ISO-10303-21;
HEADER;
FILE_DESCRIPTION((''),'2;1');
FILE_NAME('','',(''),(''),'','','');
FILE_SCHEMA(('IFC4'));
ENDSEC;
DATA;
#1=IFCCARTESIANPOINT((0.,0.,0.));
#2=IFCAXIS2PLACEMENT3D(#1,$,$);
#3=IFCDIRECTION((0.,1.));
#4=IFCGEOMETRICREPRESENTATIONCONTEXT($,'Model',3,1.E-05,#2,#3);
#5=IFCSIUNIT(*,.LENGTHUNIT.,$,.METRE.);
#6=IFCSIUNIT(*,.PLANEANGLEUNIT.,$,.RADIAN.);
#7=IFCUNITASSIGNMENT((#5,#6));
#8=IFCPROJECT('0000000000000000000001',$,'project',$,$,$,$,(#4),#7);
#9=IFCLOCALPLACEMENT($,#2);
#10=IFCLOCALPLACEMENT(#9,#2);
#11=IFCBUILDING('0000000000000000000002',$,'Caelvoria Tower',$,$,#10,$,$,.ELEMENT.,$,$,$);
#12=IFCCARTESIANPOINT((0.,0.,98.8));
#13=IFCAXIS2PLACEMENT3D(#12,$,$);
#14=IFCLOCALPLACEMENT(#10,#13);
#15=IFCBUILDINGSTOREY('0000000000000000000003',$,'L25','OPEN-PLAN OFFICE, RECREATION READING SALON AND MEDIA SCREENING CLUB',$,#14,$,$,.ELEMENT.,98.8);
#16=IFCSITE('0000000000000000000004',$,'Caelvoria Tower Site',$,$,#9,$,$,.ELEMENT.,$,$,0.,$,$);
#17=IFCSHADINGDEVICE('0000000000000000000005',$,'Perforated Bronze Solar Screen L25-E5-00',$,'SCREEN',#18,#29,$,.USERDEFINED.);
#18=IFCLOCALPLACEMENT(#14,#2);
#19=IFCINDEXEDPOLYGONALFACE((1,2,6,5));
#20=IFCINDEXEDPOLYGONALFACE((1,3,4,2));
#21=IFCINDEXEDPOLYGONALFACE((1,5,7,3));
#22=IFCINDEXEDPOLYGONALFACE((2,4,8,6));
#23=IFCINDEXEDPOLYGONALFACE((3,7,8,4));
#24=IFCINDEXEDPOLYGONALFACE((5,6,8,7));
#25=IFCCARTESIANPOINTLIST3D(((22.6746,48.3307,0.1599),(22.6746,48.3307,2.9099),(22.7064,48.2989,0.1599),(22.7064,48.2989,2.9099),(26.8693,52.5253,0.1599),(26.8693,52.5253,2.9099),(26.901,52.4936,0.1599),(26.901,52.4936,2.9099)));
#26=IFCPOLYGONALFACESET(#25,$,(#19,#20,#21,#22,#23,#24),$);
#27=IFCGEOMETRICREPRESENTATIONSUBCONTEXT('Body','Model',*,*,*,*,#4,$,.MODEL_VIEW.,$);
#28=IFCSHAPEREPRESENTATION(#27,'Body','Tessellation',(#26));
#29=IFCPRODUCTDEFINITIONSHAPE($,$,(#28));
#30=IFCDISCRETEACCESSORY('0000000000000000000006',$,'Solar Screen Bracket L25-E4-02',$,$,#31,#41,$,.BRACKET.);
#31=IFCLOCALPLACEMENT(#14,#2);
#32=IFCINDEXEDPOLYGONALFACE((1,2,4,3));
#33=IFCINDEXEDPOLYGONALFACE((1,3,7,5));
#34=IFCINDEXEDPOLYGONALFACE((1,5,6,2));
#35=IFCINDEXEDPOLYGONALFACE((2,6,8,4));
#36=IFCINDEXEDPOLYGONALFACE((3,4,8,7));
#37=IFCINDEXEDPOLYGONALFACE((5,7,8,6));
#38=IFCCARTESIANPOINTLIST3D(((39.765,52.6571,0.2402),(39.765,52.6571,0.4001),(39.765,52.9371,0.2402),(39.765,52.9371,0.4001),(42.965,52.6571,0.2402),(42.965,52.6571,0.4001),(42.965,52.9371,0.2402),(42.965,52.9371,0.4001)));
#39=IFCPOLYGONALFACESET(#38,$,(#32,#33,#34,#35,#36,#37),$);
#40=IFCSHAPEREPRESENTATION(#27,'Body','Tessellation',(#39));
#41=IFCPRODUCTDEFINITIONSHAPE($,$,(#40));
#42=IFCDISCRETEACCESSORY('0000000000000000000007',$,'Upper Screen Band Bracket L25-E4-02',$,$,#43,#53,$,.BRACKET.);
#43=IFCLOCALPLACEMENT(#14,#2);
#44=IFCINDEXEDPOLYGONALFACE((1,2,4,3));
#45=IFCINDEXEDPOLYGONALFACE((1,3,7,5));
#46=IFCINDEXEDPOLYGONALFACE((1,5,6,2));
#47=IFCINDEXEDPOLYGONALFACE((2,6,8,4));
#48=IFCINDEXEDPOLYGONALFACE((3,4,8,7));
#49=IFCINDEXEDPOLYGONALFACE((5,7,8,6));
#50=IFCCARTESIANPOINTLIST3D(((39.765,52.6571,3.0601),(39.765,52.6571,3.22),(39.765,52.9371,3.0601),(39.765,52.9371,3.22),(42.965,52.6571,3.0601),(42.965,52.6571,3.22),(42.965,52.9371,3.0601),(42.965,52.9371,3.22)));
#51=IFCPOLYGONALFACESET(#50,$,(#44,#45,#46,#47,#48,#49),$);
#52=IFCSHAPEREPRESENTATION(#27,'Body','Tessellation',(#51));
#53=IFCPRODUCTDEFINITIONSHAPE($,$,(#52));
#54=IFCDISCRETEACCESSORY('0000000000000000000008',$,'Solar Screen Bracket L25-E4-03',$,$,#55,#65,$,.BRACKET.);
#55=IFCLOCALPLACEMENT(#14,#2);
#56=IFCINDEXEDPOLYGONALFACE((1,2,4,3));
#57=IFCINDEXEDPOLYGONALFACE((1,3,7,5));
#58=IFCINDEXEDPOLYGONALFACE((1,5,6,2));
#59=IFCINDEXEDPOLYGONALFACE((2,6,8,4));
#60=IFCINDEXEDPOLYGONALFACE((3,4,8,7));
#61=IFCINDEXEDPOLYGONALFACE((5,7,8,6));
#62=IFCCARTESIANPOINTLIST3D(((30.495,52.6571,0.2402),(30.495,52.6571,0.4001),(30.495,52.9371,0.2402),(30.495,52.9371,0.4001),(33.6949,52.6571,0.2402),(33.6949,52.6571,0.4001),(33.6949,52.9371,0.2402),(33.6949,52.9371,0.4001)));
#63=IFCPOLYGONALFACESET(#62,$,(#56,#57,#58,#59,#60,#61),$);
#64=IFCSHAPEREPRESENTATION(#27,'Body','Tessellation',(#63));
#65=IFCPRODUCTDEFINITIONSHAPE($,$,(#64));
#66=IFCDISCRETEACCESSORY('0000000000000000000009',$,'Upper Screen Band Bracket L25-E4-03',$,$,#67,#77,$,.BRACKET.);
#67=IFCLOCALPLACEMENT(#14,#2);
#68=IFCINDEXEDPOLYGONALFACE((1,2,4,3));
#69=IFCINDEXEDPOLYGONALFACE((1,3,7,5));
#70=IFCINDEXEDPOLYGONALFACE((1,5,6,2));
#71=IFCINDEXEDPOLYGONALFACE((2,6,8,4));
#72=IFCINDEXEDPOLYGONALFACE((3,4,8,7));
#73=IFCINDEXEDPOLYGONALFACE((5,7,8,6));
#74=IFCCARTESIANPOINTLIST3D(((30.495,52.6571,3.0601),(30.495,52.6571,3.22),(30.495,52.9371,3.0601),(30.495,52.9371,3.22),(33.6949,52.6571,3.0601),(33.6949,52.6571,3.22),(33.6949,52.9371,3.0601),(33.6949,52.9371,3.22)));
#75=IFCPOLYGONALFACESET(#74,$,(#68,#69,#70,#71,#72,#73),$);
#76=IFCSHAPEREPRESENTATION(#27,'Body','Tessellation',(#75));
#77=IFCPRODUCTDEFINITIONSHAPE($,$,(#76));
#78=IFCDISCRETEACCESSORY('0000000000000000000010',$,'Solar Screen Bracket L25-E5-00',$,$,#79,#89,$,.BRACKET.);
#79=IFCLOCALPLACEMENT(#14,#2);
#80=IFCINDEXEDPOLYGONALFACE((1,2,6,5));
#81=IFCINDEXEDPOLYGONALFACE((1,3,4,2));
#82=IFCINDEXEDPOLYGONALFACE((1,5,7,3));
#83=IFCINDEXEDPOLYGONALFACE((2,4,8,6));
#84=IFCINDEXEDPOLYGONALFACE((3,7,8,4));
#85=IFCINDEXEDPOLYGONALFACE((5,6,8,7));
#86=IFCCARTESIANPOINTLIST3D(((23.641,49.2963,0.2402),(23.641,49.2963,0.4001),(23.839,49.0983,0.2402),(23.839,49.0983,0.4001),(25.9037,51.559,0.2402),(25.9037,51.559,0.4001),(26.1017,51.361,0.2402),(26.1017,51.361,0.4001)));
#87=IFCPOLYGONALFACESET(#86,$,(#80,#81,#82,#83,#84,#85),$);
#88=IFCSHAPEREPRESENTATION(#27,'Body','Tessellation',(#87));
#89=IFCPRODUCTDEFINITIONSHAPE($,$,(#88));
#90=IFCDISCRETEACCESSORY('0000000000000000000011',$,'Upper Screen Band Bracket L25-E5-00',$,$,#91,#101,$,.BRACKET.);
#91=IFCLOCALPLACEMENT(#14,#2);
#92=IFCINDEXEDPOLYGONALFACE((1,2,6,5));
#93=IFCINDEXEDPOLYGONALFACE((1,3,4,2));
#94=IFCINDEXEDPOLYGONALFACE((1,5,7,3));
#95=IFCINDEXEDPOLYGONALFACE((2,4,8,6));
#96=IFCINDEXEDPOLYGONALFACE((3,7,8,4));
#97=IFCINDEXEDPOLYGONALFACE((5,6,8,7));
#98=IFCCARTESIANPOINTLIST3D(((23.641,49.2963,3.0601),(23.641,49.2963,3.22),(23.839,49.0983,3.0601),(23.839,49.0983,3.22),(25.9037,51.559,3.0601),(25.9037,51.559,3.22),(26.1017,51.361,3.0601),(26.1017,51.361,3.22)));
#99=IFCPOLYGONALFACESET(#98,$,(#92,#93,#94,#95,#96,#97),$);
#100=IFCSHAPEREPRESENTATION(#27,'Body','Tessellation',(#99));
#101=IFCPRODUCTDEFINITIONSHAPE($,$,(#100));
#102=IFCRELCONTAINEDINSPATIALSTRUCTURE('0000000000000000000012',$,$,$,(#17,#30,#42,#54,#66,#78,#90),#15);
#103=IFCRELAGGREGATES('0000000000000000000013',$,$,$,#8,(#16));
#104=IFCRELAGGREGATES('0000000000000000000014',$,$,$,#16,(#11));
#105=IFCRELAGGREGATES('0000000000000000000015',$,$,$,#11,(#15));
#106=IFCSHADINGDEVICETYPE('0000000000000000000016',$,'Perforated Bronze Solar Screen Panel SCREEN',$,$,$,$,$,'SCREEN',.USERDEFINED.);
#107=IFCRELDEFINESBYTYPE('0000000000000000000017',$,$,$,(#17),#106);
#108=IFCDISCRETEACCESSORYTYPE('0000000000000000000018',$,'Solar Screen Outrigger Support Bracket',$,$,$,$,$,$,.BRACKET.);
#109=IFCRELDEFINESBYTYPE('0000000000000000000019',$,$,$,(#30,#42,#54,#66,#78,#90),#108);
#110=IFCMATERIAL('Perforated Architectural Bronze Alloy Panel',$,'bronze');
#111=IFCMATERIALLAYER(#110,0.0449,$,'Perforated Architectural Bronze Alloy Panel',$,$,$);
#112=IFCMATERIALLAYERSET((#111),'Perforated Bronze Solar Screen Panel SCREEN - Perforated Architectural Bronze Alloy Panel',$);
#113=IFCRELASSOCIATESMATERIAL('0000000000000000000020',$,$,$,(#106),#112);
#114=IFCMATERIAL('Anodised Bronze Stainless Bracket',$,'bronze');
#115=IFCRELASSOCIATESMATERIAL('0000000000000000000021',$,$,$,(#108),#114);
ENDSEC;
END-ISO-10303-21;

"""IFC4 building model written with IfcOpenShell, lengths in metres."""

from ifc_helpers import new_model, si_unit, direction, frame, origin, origin_2d, place, context, subcontext, project, spatial, rectangle, extrude, material, layer, layer_set, type_object, element, save


model = new_model("IFC4")

# Units and contexts
model_context = context("Model", 3, precision=1e-05, world=origin(), true_north=direction((0.0, 1.0)))
body_context = subcontext(model_context, "Body", "Model", "MODEL_VIEW")
ifc_project = project(units=[si_unit("LENGTHUNIT", "METRE"), si_unit("PLANEANGLEUNIT", "RADIAN")], contexts=[model_context])

# Site, building, storey
site_placement = place(None, origin())
site = spatial("IfcSite", under=ifc_project, at=site_placement, Name="Caelvoria Tower Site", CompositionType="ELEMENT", RefElevation=0.0)
building_placement = place(site_placement, origin())
building = spatial("IfcBuilding", under=site, at=building_placement, Name="Caelvoria Tower", CompositionType="ELEMENT")
storey_placement = place(building_placement, frame((0.0, 0.0, 98.8)))
storey = spatial("IfcBuildingStorey", under=building, at=storey_placement, Name="L25", Description="OPEN-PLAN OFFICE, RECREATION READING SALON AND MEDIA SCREENING CLUB", CompositionType="ELEMENT", Elevation=98.8)

# Shading device
ifc_material_1 = material(Name="Perforated Architectural Bronze Alloy Panel", Category="bronze")
ifc_layer_1 = layer(ifc_material_1, 0.0449, Name="Perforated Architectural Bronze Alloy Panel")
ifc_layer_set_1 = layer_set([ifc_layer_1], Name="Perforated Bronze Solar Screen Panel SCREEN - Perforated Architectural Bronze Alloy Panel")
shading_device_type = type_object("IfcShadingDeviceType", Name="Perforated Bronze Solar Screen Panel SCREEN", ElementType="SCREEN", PredefinedType="USERDEFINED", material=ifc_layer_set_1)
shading_device_placement = place(storey_placement, frame((24.7878, 50.4121, 0.1599), z_axis=(0.0, 0.0, 1.0), x_axis=(-0.707107, -0.707107, 0.0)))
element("IfcShadingDevice", 1, at=shading_device_placement, inside=storey, type_object=shading_device_type, Name="Perforated Bronze Solar Screen L25-E5-00", ObjectType="SCREEN", PredefinedType="USERDEFINED", context=body_context, shape_type="SweptSolid", body=[
    extrude(rectangle(XDim=5.9321, YDim=0.0449, at=origin_2d()), origin(), (0.0, 0.0, 1.0), 2.75),
])

# Discrete accessories
ifc_material_2 = material(Name="Anodised Bronze Stainless Bracket", Category="bronze")
discrete_accessory_type = type_object("IfcDiscreteAccessoryType", Name="Solar Screen Outrigger Support Bracket", PredefinedType="BRACKET", material=ifc_material_2)
for number, where, z_axis, x_axis, name in (
    (2, (41.365, 52.7971, 0.2402), (0.0, 0.0, 1.0), (-1.0, 0.0, 0.0), "Solar Screen Bracket L25-E4-02"),
    (3, (41.365, 52.7971, 3.0601), (0.0, 0.0, 1.0), (-1.0, 0.0, 0.0), "Upper Screen Band Bracket L25-E4-02"),
    (4, (32.095, 52.7971, 0.2402), (0.0, 0.0, 1.0), (-1.0, 0.0, 0.0), "Solar Screen Bracket L25-E4-03"),
    (5, (32.095, 52.7971, 3.0601), (0.0, 0.0, 1.0), (-1.0, 0.0, 0.0), "Upper Screen Band Bracket L25-E4-03"),
    (6, (24.8713, 50.3286, 0.2402), (0.0, 0.0, 1.0), (-0.707107, -0.707107, 0.0), "Solar Screen Bracket L25-E5-00"),
    (7, (24.8713, 50.3286, 3.0601), (0.0, 0.0, 1.0), (-0.707107, -0.707107, 0.0), "Upper Screen Band Bracket L25-E5-00"),
):
    element("IfcDiscreteAccessory", number, at=place(storey_placement, frame(where, z_axis=z_axis, x_axis=x_axis)), inside=storey, type_object=discrete_accessory_type, Name=name, PredefinedType="BRACKET", context=body_context, shape_type="SweptSolid", body=[
        extrude(rectangle(XDim=3.2, YDim=0.28, at=origin_2d()), origin(), (0.0, 0.0, 1.0), 0.1599),
    ])

save(model, "model.ifc")
